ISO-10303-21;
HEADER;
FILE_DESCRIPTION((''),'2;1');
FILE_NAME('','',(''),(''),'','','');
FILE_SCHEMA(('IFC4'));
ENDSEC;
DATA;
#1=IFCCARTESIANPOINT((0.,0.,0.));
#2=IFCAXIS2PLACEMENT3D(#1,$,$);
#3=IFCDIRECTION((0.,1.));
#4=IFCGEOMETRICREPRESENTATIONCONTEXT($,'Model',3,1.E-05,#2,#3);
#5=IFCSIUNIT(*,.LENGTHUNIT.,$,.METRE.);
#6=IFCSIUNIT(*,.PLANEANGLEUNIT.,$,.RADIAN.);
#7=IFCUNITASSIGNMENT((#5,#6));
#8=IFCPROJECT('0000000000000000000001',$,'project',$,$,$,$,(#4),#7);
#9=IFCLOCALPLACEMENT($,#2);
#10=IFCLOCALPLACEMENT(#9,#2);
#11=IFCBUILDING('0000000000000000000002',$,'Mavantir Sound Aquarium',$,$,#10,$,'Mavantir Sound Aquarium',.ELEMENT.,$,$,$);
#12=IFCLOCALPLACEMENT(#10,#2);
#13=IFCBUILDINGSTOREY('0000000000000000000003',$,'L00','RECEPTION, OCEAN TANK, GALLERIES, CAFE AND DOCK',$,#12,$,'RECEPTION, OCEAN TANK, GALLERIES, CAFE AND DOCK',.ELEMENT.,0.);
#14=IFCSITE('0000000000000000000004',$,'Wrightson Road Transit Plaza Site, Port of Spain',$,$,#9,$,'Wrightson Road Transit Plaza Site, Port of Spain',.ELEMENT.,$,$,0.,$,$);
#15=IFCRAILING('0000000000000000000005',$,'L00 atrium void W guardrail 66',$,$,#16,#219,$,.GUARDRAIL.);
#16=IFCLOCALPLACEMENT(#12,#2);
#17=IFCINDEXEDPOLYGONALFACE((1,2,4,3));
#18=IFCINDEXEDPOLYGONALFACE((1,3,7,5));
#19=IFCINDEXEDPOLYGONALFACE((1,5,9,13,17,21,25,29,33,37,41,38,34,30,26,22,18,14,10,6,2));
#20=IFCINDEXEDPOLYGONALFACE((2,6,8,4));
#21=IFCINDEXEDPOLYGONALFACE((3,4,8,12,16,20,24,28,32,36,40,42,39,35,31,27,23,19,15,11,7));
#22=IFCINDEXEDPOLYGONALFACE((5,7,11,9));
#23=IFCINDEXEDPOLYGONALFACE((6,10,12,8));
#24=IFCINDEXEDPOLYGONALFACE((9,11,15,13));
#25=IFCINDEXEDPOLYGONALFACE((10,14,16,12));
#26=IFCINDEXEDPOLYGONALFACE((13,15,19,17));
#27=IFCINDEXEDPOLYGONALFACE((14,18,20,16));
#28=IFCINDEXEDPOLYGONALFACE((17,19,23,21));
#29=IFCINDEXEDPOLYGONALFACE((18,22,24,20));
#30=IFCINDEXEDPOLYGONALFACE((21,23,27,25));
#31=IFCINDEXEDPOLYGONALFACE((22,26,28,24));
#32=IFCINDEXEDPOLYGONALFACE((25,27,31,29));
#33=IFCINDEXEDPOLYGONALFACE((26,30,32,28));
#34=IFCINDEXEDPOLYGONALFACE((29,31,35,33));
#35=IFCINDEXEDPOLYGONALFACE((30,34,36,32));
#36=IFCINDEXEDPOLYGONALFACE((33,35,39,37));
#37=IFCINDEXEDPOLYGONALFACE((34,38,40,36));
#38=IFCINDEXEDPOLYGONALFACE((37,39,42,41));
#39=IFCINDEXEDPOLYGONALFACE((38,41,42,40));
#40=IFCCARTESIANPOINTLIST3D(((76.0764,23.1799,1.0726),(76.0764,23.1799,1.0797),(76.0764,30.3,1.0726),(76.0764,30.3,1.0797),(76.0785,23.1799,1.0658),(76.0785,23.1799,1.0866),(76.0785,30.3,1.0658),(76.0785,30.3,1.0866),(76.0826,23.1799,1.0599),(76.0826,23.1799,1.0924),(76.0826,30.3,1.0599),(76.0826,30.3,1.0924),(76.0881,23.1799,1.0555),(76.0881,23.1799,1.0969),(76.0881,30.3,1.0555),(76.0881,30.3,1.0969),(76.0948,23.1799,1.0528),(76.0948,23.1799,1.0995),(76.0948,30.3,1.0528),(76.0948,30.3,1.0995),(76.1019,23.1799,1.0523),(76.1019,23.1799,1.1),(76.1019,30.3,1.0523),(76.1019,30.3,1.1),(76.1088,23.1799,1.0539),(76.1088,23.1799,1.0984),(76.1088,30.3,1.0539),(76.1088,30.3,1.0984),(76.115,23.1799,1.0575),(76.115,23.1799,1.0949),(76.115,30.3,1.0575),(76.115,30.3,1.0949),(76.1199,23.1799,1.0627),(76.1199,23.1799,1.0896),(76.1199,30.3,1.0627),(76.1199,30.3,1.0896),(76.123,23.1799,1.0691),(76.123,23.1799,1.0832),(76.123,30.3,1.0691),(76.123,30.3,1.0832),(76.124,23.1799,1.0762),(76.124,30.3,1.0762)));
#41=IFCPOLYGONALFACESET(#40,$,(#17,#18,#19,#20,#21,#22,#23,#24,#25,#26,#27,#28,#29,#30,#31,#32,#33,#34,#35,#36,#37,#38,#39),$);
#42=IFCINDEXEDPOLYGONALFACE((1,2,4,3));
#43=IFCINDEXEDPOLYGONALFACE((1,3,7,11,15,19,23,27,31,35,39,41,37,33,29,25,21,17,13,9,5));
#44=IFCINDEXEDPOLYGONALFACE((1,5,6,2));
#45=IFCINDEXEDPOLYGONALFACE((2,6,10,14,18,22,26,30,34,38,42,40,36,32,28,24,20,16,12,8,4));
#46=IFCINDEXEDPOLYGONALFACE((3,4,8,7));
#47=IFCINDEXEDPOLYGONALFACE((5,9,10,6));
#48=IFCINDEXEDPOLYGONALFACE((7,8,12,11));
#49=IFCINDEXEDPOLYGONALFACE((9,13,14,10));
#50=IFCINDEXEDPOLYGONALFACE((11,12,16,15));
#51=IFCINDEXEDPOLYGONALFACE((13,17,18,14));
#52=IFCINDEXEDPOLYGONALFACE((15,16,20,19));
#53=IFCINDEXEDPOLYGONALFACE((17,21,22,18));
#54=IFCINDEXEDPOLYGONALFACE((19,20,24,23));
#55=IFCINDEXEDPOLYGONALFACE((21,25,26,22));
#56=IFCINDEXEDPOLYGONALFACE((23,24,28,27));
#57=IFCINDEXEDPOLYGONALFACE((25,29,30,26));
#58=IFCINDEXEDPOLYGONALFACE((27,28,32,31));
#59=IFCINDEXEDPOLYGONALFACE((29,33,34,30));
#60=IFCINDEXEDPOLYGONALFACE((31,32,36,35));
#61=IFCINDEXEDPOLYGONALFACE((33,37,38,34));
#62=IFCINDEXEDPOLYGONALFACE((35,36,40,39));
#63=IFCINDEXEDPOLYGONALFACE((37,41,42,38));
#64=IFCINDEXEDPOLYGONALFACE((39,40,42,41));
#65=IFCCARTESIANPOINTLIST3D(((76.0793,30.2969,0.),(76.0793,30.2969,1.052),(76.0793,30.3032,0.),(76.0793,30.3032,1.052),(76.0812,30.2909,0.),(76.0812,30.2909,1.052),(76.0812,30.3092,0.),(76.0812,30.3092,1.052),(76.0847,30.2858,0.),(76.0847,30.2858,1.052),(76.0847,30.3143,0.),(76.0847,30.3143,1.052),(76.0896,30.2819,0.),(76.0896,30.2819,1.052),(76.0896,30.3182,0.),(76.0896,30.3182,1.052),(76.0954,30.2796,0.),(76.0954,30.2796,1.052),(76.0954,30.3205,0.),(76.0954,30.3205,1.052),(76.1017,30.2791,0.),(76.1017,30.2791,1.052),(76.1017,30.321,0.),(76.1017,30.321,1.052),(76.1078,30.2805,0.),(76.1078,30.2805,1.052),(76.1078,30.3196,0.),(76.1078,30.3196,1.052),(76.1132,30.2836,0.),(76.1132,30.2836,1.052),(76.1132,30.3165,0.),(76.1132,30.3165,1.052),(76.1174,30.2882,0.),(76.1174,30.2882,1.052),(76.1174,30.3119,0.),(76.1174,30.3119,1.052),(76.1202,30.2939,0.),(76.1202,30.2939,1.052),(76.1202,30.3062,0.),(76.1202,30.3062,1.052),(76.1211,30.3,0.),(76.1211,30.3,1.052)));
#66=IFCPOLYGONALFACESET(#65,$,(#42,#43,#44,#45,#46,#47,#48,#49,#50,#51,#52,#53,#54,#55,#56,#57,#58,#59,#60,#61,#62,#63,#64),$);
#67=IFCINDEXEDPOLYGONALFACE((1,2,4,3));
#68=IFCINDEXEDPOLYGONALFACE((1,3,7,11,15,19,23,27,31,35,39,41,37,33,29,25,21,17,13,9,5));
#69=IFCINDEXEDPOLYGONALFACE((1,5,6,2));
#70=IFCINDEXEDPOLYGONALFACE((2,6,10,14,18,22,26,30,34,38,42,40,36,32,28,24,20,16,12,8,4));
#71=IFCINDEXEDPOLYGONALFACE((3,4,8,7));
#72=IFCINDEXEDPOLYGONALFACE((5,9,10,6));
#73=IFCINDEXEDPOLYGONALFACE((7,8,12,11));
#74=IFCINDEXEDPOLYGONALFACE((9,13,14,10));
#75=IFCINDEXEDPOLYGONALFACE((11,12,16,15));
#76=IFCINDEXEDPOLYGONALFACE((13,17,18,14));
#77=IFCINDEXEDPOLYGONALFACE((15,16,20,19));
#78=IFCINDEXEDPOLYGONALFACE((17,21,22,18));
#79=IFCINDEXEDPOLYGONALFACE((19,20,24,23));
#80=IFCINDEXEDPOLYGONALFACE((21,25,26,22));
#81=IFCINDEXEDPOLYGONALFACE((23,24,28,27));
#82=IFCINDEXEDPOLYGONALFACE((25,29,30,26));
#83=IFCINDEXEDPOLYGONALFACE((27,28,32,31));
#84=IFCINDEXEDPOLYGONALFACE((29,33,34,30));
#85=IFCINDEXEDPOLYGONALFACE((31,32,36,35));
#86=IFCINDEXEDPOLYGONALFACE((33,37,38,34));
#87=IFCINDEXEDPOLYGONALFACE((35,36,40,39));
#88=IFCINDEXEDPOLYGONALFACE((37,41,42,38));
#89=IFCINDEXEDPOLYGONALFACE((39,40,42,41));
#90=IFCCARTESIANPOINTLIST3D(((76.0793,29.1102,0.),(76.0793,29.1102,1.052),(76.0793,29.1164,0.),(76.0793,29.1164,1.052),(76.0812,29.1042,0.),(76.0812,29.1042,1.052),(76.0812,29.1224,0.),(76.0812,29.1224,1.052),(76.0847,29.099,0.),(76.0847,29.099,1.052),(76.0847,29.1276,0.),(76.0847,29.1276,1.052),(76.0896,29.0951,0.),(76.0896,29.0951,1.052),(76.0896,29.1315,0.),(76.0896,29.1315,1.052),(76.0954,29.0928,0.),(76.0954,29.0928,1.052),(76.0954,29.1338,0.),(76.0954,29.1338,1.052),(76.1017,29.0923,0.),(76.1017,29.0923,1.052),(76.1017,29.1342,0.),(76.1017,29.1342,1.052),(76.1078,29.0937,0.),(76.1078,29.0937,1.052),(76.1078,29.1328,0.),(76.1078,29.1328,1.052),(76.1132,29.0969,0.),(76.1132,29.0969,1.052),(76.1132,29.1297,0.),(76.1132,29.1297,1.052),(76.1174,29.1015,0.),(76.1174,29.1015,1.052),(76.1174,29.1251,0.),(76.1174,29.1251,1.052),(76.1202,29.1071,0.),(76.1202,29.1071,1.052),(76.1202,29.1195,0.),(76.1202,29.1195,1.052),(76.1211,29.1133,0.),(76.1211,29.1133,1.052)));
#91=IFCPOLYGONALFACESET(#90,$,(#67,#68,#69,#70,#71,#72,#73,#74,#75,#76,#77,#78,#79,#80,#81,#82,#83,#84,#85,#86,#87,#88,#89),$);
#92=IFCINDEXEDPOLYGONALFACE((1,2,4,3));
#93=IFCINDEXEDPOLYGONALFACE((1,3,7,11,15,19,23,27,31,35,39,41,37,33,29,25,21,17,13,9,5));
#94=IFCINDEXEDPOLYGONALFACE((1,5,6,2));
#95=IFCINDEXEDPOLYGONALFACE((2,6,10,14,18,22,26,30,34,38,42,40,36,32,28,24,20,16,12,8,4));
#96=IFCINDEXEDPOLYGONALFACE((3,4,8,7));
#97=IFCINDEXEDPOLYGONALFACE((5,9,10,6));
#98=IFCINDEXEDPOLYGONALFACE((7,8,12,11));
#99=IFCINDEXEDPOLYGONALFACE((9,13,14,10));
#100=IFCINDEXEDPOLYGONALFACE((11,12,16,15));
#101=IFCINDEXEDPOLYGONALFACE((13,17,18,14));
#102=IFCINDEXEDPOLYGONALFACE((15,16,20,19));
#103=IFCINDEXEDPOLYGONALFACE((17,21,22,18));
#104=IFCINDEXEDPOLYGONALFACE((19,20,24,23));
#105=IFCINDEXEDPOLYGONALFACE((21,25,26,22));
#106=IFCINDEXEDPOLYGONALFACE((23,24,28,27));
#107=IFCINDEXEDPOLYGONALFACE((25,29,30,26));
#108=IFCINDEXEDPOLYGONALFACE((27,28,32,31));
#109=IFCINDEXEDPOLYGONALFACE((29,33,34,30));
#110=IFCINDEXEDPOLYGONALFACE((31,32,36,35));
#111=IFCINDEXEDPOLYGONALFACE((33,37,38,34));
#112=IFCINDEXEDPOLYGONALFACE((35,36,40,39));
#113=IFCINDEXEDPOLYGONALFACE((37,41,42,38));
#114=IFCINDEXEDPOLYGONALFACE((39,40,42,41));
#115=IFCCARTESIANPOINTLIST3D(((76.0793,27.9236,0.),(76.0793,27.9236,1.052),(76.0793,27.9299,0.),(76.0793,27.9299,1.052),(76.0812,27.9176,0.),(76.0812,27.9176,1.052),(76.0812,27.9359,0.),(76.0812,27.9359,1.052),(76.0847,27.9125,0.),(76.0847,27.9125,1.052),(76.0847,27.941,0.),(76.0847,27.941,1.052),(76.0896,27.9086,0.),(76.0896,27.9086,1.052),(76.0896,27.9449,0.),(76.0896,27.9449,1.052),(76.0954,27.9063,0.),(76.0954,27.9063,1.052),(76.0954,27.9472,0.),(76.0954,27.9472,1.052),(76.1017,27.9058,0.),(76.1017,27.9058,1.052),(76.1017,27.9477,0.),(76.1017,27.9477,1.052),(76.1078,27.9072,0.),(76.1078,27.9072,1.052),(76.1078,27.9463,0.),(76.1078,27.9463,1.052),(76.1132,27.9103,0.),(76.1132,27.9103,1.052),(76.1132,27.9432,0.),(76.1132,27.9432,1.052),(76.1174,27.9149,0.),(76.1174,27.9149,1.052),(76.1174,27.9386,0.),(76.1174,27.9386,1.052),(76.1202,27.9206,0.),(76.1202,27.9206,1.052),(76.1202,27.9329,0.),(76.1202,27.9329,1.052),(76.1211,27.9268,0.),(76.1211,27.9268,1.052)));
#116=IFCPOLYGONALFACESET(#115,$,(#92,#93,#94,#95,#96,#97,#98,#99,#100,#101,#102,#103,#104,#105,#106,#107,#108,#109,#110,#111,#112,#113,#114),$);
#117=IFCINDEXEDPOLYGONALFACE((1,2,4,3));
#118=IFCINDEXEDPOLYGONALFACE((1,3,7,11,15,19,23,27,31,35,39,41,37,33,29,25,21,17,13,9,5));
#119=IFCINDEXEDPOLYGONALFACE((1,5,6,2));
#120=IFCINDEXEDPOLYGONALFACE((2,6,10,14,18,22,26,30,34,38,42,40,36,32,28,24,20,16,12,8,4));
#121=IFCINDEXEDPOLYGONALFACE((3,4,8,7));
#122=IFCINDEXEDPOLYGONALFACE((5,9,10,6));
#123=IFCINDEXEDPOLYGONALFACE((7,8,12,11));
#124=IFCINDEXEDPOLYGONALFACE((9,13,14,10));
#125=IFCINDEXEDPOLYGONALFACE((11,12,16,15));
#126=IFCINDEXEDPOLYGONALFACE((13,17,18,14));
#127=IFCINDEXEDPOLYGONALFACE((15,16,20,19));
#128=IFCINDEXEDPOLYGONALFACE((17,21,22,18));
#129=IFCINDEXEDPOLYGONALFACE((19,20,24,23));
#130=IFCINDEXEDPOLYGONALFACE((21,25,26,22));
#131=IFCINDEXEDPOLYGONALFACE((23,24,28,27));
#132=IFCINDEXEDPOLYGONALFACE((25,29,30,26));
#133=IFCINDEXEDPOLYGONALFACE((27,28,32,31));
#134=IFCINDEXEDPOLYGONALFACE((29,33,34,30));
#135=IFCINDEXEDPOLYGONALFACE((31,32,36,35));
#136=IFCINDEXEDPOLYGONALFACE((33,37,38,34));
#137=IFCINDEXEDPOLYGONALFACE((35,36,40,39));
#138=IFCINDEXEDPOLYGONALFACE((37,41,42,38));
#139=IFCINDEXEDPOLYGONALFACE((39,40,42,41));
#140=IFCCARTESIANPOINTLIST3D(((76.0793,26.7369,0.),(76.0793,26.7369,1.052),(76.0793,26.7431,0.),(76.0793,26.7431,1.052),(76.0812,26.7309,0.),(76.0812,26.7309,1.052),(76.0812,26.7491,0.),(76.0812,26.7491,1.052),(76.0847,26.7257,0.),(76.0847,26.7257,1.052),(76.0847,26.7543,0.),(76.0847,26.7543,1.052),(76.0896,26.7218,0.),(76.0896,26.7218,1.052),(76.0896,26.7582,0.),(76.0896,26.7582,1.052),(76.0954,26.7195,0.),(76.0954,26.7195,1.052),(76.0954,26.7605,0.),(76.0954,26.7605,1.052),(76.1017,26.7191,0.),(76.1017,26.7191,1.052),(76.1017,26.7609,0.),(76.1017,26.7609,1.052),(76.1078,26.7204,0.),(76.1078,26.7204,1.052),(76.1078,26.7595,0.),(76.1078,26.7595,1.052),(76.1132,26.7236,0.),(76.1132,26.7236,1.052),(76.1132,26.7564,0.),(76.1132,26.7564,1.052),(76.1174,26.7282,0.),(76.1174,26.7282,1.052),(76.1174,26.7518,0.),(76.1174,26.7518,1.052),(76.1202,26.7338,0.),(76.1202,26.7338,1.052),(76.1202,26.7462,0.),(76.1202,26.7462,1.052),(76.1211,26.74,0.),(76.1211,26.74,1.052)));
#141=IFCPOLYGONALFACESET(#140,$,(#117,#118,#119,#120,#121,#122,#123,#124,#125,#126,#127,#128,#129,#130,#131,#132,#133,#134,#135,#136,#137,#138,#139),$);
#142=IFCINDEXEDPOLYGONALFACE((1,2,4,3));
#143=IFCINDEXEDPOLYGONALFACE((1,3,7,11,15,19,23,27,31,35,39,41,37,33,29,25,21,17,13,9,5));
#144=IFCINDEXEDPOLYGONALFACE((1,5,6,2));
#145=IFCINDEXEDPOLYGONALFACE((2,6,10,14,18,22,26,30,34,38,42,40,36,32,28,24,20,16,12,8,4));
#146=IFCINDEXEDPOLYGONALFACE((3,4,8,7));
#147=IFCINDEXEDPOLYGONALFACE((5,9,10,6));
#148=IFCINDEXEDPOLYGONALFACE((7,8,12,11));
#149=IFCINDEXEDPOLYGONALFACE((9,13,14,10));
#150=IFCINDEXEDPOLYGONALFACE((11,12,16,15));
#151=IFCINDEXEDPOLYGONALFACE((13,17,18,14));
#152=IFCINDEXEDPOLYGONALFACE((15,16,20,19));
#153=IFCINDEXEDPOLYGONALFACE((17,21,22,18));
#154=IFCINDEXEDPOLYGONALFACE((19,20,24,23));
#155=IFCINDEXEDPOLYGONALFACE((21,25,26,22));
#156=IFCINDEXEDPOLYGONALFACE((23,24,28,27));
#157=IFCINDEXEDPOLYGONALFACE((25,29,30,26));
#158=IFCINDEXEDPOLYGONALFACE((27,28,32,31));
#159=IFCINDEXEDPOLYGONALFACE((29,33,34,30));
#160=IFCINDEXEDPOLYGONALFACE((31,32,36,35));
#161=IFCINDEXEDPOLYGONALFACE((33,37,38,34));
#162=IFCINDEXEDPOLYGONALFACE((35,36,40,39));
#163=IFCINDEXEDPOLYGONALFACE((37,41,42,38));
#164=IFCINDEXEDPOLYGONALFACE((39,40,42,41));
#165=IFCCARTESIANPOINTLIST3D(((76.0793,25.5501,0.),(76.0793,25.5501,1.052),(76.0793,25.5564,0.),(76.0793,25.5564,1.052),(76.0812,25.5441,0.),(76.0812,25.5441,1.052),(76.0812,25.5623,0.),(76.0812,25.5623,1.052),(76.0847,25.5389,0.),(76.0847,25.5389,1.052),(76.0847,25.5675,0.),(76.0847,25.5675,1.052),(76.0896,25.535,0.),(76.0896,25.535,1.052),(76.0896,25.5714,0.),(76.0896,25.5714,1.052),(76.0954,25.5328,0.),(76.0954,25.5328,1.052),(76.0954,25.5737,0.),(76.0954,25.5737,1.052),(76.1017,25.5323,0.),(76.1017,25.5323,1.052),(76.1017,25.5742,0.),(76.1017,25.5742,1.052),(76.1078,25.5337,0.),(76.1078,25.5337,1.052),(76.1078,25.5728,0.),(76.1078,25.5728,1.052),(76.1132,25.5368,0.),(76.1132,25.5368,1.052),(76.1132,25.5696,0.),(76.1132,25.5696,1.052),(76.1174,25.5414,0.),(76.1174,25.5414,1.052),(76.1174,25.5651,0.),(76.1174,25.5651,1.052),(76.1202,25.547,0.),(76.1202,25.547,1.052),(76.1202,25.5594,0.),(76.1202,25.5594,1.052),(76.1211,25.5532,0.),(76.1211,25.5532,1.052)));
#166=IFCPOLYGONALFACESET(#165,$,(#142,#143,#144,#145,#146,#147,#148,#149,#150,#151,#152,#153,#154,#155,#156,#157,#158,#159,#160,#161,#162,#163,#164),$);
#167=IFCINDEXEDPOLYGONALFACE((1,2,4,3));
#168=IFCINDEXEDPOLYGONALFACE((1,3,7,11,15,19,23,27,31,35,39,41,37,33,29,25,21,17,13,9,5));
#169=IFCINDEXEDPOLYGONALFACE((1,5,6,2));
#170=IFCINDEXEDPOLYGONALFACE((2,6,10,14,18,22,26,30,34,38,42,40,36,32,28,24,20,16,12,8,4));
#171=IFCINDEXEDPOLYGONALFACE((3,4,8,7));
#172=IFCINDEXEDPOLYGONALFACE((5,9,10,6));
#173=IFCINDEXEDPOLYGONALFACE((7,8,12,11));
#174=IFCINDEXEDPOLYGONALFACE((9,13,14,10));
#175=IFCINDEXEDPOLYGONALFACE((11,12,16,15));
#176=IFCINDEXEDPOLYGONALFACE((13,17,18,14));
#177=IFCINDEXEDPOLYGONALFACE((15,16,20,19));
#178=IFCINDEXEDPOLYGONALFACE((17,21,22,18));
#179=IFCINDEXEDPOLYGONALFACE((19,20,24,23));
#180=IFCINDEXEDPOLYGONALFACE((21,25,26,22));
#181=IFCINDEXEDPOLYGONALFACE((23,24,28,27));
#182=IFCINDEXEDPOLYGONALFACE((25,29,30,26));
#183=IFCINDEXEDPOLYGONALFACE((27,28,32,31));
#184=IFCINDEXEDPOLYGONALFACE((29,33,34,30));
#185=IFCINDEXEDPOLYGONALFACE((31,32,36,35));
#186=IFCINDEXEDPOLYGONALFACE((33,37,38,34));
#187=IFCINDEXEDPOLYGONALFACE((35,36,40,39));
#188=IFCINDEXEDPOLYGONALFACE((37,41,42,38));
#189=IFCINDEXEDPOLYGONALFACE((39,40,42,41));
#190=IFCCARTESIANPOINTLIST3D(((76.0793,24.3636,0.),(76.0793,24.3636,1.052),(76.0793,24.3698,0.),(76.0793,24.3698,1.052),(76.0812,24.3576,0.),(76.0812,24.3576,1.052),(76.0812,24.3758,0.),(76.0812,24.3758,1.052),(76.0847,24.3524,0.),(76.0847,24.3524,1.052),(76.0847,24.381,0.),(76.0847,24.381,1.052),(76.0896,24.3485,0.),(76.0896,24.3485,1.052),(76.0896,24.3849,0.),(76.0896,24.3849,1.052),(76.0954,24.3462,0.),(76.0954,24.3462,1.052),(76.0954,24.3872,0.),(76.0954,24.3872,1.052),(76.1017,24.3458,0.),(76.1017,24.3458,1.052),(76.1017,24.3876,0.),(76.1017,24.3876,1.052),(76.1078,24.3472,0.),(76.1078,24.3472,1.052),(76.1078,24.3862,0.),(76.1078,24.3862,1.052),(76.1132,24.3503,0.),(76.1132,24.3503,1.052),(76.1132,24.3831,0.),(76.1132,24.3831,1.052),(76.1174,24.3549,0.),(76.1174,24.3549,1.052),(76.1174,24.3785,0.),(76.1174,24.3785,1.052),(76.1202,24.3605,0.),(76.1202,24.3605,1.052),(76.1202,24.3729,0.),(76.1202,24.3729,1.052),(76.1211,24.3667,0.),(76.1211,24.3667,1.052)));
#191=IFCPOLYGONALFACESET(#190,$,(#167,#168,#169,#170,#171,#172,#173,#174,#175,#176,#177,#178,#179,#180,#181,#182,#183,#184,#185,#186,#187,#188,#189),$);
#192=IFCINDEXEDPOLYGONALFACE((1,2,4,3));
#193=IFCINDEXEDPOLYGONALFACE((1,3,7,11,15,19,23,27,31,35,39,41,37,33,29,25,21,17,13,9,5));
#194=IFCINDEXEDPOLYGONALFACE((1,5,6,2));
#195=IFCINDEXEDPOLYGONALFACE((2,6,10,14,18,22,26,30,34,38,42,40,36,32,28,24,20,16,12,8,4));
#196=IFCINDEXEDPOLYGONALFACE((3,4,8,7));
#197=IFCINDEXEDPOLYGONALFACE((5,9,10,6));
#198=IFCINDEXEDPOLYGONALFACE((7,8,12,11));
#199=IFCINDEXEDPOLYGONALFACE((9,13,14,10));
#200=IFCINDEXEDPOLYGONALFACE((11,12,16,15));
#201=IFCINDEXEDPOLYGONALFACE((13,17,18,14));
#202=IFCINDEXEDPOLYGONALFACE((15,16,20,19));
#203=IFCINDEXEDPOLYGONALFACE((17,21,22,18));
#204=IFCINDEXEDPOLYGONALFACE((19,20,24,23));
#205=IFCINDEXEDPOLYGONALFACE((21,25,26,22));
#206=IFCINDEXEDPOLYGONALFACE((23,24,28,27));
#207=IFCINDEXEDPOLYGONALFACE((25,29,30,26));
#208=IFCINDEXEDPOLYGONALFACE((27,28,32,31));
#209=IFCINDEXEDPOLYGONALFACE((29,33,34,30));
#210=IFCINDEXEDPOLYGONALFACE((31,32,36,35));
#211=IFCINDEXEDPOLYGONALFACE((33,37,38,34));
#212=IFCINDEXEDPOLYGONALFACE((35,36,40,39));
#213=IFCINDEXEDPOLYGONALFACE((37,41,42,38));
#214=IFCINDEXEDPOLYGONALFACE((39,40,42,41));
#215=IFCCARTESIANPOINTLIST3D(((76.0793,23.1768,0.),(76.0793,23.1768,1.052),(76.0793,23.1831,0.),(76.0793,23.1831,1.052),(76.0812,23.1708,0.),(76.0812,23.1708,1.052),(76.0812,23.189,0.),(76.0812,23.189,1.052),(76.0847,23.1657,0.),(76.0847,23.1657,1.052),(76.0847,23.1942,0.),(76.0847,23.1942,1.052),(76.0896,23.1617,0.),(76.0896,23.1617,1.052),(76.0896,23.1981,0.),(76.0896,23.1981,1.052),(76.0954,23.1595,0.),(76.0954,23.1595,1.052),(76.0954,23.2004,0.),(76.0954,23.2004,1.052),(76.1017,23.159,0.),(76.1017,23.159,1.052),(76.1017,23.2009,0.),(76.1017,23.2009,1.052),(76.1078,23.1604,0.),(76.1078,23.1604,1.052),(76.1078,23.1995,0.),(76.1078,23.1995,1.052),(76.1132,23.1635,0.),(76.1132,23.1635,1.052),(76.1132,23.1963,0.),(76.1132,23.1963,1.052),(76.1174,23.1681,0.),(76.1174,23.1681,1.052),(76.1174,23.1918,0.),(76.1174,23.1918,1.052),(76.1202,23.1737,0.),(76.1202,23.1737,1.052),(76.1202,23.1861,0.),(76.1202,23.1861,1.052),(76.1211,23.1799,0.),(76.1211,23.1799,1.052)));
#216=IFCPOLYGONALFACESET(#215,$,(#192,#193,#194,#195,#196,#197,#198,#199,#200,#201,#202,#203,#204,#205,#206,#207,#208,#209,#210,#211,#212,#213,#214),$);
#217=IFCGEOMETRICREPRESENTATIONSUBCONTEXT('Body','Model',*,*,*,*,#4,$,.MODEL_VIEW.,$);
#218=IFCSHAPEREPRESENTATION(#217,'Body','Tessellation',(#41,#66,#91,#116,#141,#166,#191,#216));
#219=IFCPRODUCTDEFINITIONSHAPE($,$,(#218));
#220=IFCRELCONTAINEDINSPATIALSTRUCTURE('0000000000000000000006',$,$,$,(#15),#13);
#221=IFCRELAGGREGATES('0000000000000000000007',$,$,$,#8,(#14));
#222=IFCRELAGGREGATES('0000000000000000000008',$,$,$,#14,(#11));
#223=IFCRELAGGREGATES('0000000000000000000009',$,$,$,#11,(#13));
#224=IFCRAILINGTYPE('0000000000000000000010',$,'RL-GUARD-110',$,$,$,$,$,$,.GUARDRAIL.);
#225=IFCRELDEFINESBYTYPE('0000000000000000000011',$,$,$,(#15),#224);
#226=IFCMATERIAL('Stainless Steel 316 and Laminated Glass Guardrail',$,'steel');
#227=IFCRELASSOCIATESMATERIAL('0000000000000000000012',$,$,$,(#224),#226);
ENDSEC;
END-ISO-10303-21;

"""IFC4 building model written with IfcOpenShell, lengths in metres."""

from ifc_helpers import new_model, si_unit, direction, frame, origin, origin_2d, place, context, subcontext, project, spatial, circle, extrude, material, type_object, element, save


model = new_model("IFC4")

# Units and contexts
model_context = context("Model", 3, precision=1e-05, world=origin(), true_north=direction((0.0, 1.0)))
body_context = subcontext(model_context, "Body", "Model", "MODEL_VIEW")
ifc_project = project(units=[si_unit("LENGTHUNIT", "METRE"), si_unit("PLANEANGLEUNIT", "RADIAN")], contexts=[model_context])

# Site, building, storey
site_placement = place(None, origin())
site = spatial("IfcSite", under=ifc_project, at=site_placement, Name="Wrightson Road Transit Plaza Site, Port of Spain", LongName="Wrightson Road Transit Plaza Site, Port of Spain", CompositionType="ELEMENT", RefElevation=0.0)
building_placement = place(site_placement, origin())
building = spatial("IfcBuilding", under=site, at=building_placement, Name="Mavantir Sound Aquarium", LongName="Mavantir Sound Aquarium", CompositionType="ELEMENT")
storey_placement = place(building_placement, origin())
storey = spatial("IfcBuildingStorey", under=building, at=storey_placement, Name="L00", Description="RECEPTION, OCEAN TANK, GALLERIES, CAFE AND DOCK", LongName="RECEPTION, OCEAN TANK, GALLERIES, CAFE AND DOCK", CompositionType="ELEMENT", Elevation=0.0)

# Railing
ifc_material_1 = material(Name="Stainless Steel 316 and Laminated Glass Guardrail", Category="steel")
railing_type_1 = type_object("IfcRailingType", Name="RL-GUARD-110", PredefinedType="GUARDRAIL", material=ifc_material_1)
railing_1_placement = place(storey_placement, frame((76.1001, 30.3, 0.0)))
element("IfcRailing", 1, at=railing_1_placement, inside=storey, type_object=railing_type_1, Name="L00 atrium void W guardrail 66", PredefinedType="GUARDRAIL", context=body_context, shape_type="SweptSolid", body=[
    extrude(circle(Radius=0.0239, at=origin_2d()), frame((0.0, 0.0, 1.0762), z_axis=(0.0, -1.0, 0.0), x_axis=(1.0, 0.0, 0.0)), (0.0, 0.0, 1.0), 7.1201),
    extrude(circle(Radius=0.021, at=origin_2d()), origin(), (0.0, 0.0, 1.0), 1.052),
    extrude(circle(Radius=0.021, at=origin_2d()), frame((0.0, -1.1868, 0.0)), (0.0, 0.0, 1.0), 1.052),
    extrude(circle(Radius=0.021, at=origin_2d()), frame((0.0, -2.3733, 0.0)), (0.0, 0.0, 1.0), 1.052),
    extrude(circle(Radius=0.021, at=origin_2d()), frame((0.0, -3.5601, 0.0)), (0.0, 0.0, 1.0), 1.052),
    extrude(circle(Radius=0.021, at=origin_2d()), frame((0.0, -4.7468, 0.0)), (0.0, 0.0, 1.0), 1.052),
    extrude(circle(Radius=0.021, at=origin_2d()), frame((0.0, -5.9333, 0.0)), (0.0, 0.0, 1.0), 1.052),
    extrude(circle(Radius=0.021, at=origin_2d()), frame((0.0, -7.1201, 0.0)), (0.0, 0.0, 1.0), 1.052),
])

save(model, "model.ifc")
